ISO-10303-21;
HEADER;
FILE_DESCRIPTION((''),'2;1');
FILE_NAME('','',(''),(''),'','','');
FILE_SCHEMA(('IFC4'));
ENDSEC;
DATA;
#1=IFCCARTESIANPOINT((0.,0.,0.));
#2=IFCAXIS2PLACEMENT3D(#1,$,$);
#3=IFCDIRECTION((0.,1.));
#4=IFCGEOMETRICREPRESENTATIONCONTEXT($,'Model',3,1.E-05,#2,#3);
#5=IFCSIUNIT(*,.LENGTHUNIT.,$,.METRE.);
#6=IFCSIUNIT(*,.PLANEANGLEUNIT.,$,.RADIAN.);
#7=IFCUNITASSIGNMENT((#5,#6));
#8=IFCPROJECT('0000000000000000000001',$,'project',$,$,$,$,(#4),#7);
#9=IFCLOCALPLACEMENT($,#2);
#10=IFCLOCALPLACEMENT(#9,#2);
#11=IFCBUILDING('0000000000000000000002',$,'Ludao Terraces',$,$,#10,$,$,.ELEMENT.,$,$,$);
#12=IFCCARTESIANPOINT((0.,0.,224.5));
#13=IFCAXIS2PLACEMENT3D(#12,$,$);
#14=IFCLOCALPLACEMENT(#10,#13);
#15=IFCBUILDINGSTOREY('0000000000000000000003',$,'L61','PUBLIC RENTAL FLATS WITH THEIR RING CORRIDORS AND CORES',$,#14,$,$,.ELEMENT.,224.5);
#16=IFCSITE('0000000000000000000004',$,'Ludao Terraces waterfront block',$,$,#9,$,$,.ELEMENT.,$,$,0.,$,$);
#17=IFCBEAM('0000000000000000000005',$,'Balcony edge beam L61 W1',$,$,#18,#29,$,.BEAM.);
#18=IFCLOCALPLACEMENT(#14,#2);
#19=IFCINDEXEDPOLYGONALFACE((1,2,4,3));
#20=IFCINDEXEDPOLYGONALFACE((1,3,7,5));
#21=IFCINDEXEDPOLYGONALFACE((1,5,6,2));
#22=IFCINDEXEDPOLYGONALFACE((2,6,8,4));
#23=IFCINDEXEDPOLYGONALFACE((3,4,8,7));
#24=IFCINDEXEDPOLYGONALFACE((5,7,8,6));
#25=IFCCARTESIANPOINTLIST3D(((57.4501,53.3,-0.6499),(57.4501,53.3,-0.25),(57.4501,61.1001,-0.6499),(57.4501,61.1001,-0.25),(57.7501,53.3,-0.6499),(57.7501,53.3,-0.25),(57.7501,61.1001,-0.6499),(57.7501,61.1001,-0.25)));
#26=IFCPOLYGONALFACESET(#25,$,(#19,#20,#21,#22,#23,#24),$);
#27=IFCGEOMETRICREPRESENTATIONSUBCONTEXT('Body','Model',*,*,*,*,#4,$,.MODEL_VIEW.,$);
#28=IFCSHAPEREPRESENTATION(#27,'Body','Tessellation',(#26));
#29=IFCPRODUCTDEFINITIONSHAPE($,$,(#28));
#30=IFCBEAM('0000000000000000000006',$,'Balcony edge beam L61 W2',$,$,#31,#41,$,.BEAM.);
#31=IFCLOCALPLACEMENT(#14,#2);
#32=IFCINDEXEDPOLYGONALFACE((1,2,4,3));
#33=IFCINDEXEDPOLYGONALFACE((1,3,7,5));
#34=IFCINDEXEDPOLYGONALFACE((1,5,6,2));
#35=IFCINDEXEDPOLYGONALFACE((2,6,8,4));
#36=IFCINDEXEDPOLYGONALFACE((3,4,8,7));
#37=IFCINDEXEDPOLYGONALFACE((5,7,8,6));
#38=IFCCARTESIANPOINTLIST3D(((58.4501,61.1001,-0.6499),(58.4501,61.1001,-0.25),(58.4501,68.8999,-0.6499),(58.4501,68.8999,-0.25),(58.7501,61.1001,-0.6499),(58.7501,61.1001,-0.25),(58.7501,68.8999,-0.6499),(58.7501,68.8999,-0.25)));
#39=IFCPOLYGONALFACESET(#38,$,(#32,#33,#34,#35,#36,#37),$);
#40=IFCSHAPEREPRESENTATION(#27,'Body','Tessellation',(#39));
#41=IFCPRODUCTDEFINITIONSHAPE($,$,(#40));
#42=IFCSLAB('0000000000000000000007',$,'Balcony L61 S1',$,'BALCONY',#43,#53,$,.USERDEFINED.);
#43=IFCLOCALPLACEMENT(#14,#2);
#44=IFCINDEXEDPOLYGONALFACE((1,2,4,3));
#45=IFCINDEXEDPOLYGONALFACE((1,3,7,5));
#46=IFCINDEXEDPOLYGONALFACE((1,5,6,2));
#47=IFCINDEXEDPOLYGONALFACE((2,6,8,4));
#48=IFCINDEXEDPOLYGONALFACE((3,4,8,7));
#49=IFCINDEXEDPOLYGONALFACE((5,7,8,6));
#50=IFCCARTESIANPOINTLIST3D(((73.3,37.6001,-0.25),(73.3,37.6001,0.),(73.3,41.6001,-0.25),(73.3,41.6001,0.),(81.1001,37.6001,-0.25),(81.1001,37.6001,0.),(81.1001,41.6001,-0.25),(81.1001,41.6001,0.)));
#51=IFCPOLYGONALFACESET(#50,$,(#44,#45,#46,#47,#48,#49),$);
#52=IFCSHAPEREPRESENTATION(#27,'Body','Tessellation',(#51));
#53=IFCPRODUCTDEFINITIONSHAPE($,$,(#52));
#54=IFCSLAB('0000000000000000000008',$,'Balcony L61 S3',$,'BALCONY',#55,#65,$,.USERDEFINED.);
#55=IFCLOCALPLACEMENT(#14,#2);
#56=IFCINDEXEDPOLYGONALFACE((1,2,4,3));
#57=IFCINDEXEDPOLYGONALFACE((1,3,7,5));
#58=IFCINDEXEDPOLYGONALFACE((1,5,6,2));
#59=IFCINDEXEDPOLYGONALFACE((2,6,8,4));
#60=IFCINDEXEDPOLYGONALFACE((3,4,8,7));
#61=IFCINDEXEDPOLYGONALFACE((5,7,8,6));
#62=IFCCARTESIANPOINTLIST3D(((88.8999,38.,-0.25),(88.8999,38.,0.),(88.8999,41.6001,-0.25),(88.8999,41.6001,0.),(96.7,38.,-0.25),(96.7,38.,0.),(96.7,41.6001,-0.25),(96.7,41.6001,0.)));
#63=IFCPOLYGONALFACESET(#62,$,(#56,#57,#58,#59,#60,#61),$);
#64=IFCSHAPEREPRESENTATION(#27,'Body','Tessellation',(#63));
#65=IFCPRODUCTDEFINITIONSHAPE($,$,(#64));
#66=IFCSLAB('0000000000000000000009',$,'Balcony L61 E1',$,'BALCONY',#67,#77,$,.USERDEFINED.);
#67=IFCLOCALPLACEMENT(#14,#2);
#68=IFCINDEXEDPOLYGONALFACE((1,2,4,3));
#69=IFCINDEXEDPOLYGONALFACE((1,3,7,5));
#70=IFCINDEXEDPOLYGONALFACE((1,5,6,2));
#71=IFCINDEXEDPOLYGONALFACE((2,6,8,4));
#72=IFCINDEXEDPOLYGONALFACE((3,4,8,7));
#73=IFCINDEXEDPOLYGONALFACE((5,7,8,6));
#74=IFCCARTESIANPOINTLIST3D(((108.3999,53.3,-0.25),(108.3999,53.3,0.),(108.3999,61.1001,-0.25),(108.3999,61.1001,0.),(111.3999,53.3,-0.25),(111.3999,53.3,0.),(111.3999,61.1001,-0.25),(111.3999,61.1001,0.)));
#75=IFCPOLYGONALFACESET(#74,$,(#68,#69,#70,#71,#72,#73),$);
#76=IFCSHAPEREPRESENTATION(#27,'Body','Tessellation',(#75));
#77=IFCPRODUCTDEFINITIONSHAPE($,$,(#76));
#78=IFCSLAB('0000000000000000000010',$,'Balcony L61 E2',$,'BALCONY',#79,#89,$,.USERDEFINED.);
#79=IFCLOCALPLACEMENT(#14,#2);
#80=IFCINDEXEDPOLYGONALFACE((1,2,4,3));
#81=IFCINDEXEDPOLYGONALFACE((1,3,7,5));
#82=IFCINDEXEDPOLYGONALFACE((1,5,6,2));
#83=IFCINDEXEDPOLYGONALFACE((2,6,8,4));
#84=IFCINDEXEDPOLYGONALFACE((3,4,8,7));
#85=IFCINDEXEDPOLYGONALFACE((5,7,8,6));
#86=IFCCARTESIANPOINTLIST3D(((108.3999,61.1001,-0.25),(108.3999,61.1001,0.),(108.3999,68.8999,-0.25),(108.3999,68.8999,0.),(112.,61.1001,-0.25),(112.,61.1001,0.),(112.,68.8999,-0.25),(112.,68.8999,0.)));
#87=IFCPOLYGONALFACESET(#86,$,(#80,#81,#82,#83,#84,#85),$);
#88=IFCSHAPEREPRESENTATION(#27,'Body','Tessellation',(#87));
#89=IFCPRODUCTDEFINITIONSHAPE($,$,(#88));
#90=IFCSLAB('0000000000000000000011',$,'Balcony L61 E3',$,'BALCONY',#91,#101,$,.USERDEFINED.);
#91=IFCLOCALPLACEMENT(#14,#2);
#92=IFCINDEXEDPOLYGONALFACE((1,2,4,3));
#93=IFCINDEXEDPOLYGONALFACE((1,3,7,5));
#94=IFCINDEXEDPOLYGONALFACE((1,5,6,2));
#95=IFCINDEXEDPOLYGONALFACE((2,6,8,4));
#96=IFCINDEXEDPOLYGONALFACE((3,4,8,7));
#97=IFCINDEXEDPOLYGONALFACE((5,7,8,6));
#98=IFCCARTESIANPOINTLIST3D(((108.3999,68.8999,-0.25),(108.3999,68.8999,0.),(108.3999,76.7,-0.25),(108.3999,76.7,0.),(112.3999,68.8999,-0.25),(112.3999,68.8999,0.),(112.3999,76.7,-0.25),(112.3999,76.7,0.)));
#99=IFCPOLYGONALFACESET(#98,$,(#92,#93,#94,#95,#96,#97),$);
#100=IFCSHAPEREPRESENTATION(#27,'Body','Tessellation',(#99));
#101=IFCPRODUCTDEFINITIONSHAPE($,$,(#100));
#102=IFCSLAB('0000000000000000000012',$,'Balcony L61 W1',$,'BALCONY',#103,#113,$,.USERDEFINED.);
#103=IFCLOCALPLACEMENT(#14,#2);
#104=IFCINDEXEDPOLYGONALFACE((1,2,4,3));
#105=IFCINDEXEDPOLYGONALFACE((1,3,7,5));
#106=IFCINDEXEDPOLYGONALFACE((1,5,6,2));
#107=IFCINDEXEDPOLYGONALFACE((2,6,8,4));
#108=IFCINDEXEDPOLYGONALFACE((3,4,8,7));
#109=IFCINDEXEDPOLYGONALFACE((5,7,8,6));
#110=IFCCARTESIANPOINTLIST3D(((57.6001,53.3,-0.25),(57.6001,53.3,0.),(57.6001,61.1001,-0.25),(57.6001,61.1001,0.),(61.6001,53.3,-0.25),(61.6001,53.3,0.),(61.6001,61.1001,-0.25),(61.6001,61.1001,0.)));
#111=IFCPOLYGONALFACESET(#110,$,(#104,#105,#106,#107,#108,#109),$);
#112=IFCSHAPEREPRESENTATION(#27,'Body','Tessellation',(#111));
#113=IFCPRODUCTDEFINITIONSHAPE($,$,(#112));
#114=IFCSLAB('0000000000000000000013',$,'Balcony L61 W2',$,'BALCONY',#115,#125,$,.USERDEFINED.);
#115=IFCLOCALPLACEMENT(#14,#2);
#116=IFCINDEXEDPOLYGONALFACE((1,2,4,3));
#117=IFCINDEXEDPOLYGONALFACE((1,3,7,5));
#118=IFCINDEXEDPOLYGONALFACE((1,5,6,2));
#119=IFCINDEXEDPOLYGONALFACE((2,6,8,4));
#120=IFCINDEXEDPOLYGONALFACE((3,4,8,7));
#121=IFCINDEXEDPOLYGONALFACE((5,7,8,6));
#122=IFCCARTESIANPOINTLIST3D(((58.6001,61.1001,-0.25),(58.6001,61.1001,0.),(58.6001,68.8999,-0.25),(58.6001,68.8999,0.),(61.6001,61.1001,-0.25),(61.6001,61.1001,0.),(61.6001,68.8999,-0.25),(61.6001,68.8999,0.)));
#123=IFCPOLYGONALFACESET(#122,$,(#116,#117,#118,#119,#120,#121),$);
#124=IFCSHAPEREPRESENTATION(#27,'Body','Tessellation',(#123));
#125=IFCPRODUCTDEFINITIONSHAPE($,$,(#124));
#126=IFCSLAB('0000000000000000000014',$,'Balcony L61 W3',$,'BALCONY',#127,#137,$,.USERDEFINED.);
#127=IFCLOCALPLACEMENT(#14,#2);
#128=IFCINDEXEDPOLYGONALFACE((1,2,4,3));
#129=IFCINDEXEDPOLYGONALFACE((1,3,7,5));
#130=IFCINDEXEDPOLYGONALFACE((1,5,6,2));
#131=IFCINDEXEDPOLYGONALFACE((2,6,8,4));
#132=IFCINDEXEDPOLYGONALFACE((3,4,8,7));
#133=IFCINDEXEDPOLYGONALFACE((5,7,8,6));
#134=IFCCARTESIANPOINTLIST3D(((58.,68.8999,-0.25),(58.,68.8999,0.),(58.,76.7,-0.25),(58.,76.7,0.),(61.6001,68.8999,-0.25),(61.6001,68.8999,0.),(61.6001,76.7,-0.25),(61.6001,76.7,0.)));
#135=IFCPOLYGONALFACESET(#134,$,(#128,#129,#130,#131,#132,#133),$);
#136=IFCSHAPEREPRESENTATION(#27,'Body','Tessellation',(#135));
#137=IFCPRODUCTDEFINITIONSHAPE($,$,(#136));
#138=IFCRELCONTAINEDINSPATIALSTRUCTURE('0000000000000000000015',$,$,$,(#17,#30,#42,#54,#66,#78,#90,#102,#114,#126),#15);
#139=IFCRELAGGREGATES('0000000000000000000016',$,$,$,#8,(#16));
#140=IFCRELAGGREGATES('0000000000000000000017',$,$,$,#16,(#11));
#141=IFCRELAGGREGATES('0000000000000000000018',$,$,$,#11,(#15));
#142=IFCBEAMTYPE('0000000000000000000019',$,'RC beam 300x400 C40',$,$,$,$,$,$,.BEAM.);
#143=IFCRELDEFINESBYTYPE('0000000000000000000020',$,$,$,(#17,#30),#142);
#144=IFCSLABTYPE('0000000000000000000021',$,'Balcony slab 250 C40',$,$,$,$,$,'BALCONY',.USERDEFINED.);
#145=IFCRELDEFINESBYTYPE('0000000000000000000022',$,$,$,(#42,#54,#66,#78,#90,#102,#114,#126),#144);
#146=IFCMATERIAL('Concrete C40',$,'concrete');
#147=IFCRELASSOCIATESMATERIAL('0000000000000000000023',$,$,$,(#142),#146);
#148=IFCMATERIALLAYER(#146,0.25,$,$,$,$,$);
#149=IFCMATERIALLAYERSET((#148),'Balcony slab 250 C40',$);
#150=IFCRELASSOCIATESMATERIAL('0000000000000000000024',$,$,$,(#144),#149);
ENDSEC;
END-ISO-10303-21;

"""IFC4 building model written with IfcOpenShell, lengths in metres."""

from ifc_helpers import new_model, si_unit, direction, frame, origin, origin_2d, place, context, subcontext, project, spatial, polyline, rectangle, outline, extrude, material, layer, layer_set, material_profile, profile_set, type_object, element, save


model = new_model("IFC4")

# Units and contexts
model_context = context("Model", 3, precision=1e-05, world=origin(), true_north=direction((0.0, 1.0)))
body_context = subcontext(model_context, "Body", "Model", "MODEL_VIEW")
ifc_project = project(units=[si_unit("LENGTHUNIT", "METRE"), si_unit("PLANEANGLEUNIT", "RADIAN")], contexts=[model_context])

# Site, building, storey
site_placement = place(None, origin())
site = spatial("IfcSite", under=ifc_project, at=site_placement, Name="Ludao Terraces waterfront block", CompositionType="ELEMENT", RefElevation=0.0)
building_placement = place(site_placement, origin())
building = spatial("IfcBuilding", under=site, at=building_placement, Name="Ludao Terraces", CompositionType="ELEMENT")
storey_placement = place(building_placement, frame((0.0, 0.0, 224.5)))
storey = spatial("IfcBuildingStorey", under=building, at=storey_placement, Name="L61", Description="PUBLIC RENTAL FLATS WITH THEIR RING CORRIDORS AND CORES", CompositionType="ELEMENT", Elevation=224.5)

# Beams
ifc_material_1 = material(Name="Concrete C40", Category="concrete")
ifc_material_profile = material_profile(ifc_material_1, rectangle(XDim=0.3, YDim=0.3999, at=origin_2d()), Name="300 X 400")
ifc_profile_set = profile_set([ifc_material_profile], Name="Concrete C40")
beam_type = type_object("IfcBeamType", Name="RC beam 300x400 C40", PredefinedType="BEAM", material=ifc_profile_set)
beam_1_placement = place(storey_placement, frame((57.6001, 53.3, -0.45), z_axis=(0.0, 1.0, 0.0), x_axis=(-1.0, 0.0, 0.0)))
element("IfcBeam", 1, at=beam_1_placement, inside=storey, type_object=beam_type, Name="Balcony edge beam L61 W1", PredefinedType="BEAM", context=body_context, shape_type="SweptSolid", body=[
    extrude(rectangle(XDim=0.3, YDim=0.3999, at=origin_2d()), origin(), (0.0, 0.0, 1.0), 7.8),
])
beam_2_placement = place(storey_placement, frame((58.6001, 61.1001, -0.45), z_axis=(0.0, 1.0, 0.0), x_axis=(-1.0, 0.0, 0.0)))
element("IfcBeam", 2, at=beam_2_placement, inside=storey, type_object=beam_type, Name="Balcony edge beam L61 W2", PredefinedType="BEAM", context=body_context, shape_type="SweptSolid", body=[
    extrude(rectangle(XDim=0.3, YDim=0.3999, at=origin_2d()), origin(), (0.0, 0.0, 1.0), 7.7998),
])

# Slabs
ifc_layer_1 = layer(ifc_material_1, 0.25)
ifc_layer_set_1 = layer_set([ifc_layer_1], Name="Balcony slab 250 C40")
slab_type_1 = type_object("IfcSlabType", Name="Balcony slab 250 C40", ElementType="BALCONY", PredefinedType="USERDEFINED", material=ifc_layer_set_1)
slab_1_placement = place(storey_placement, frame((0.0, 0.0, -0.25)))
element("IfcSlab", 3, at=slab_1_placement, inside=storey, type_object=slab_type_1, Name="Balcony L61 S1", ObjectType="BALCONY", PredefinedType="USERDEFINED", context=body_context, shape_type="SweptSolid", body=[
    extrude(outline(polyline([(73.3, 37.6001), (81.1001, 37.6001), (81.1001, 41.6001), (73.3, 41.6001), (73.3, 37.6001)])), origin(), (0.0, 0.0, 1.0), 0.25),
])
slab_2_placement = place(storey_placement, frame((0.0, 0.0, -0.25)))
element("IfcSlab", 4, at=slab_2_placement, inside=storey, type_object=slab_type_1, Name="Balcony L61 S3", ObjectType="BALCONY", PredefinedType="USERDEFINED", context=body_context, shape_type="SweptSolid", body=[
    extrude(outline(polyline([(88.8999, 38.0), (96.7, 38.0), (96.7, 41.6001), (88.8999, 41.6001), (88.8999, 38.0)])), origin(), (0.0, 0.0, 1.0), 0.25),
])
slab_3_placement = place(storey_placement, frame((0.0, 0.0, -0.25)))
element("IfcSlab", 5, at=slab_3_placement, inside=storey, type_object=slab_type_1, Name="Balcony L61 E1", ObjectType="BALCONY", PredefinedType="USERDEFINED", context=body_context, shape_type="SweptSolid", body=[
    extrude(outline(polyline([(108.3999, 53.3), (111.3999, 53.3), (111.3999, 61.1001), (108.3999, 61.1001), (108.3999, 53.3)])), origin(), (0.0, 0.0, 1.0), 0.25),
])
slab_4_placement = place(storey_placement, frame((0.0, 0.0, -0.25)))
element("IfcSlab", 6, at=slab_4_placement, inside=storey, type_object=slab_type_1, Name="Balcony L61 E2", ObjectType="BALCONY", PredefinedType="USERDEFINED", context=body_context, shape_type="SweptSolid", body=[
    extrude(outline(polyline([(108.3999, 61.1001), (112.0, 61.1001), (112.0, 68.8999), (108.3999, 68.8999), (108.3999, 61.1001)])), origin(), (0.0, 0.0, 1.0), 0.25),
])
slab_5_placement = place(storey_placement, frame((0.0, 0.0, -0.25)))
element("IfcSlab", 7, at=slab_5_placement, inside=storey, type_object=slab_type_1, Name="Balcony L61 E3", ObjectType="BALCONY", PredefinedType="USERDEFINED", context=body_context, shape_type="SweptSolid", body=[
    extrude(outline(polyline([(108.3999, 68.8999), (112.3999, 68.8999), (112.3999, 76.7), (108.3999, 76.7), (108.3999, 68.8999)])), origin(), (0.0, 0.0, 1.0), 0.25),
])
slab_6_placement = place(storey_placement, frame((0.0, 0.0, -0.25)))
element("IfcSlab", 8, at=slab_6_placement, inside=storey, type_object=slab_type_1, Name="Balcony L61 W1", ObjectType="BALCONY", PredefinedType="USERDEFINED", context=body_context, shape_type="SweptSolid", body=[
    extrude(outline(polyline([(57.6001, 53.3), (61.6001, 53.3), (61.6001, 61.1001), (57.6001, 61.1001), (57.6001, 53.3)])), origin(), (0.0, 0.0, 1.0), 0.25),
])
slab_7_placement = place(storey_placement, frame((0.0, 0.0, -0.25)))
element("IfcSlab", 9, at=slab_7_placement, inside=storey, type_object=slab_type_1, Name="Balcony L61 W2", ObjectType="BALCONY", PredefinedType="USERDEFINED", context=body_context, shape_type="SweptSolid", body=[
    extrude(outline(polyline([(58.6001, 61.1001), (61.6001, 61.1001), (61.6001, 68.8999), (58.6001, 68.8999), (58.6001, 61.1001)])), origin(), (0.0, 0.0, 1.0), 0.25),
])
slab_8_placement = place(storey_placement, frame((0.0, 0.0, -0.25)))
element("IfcSlab", 10, at=slab_8_placement, inside=storey, type_object=slab_type_1, Name="Balcony L61 W3", ObjectType="BALCONY", PredefinedType="USERDEFINED", context=body_context, shape_type="SweptSolid", body=[
    extrude(outline(polyline([(58.0, 68.8999), (61.6001, 68.8999), (61.6001, 76.7), (58.0, 76.7), (58.0, 68.8999)])), origin(), (0.0, 0.0, 1.0), 0.25),
])

save(model, "model.ifc")
